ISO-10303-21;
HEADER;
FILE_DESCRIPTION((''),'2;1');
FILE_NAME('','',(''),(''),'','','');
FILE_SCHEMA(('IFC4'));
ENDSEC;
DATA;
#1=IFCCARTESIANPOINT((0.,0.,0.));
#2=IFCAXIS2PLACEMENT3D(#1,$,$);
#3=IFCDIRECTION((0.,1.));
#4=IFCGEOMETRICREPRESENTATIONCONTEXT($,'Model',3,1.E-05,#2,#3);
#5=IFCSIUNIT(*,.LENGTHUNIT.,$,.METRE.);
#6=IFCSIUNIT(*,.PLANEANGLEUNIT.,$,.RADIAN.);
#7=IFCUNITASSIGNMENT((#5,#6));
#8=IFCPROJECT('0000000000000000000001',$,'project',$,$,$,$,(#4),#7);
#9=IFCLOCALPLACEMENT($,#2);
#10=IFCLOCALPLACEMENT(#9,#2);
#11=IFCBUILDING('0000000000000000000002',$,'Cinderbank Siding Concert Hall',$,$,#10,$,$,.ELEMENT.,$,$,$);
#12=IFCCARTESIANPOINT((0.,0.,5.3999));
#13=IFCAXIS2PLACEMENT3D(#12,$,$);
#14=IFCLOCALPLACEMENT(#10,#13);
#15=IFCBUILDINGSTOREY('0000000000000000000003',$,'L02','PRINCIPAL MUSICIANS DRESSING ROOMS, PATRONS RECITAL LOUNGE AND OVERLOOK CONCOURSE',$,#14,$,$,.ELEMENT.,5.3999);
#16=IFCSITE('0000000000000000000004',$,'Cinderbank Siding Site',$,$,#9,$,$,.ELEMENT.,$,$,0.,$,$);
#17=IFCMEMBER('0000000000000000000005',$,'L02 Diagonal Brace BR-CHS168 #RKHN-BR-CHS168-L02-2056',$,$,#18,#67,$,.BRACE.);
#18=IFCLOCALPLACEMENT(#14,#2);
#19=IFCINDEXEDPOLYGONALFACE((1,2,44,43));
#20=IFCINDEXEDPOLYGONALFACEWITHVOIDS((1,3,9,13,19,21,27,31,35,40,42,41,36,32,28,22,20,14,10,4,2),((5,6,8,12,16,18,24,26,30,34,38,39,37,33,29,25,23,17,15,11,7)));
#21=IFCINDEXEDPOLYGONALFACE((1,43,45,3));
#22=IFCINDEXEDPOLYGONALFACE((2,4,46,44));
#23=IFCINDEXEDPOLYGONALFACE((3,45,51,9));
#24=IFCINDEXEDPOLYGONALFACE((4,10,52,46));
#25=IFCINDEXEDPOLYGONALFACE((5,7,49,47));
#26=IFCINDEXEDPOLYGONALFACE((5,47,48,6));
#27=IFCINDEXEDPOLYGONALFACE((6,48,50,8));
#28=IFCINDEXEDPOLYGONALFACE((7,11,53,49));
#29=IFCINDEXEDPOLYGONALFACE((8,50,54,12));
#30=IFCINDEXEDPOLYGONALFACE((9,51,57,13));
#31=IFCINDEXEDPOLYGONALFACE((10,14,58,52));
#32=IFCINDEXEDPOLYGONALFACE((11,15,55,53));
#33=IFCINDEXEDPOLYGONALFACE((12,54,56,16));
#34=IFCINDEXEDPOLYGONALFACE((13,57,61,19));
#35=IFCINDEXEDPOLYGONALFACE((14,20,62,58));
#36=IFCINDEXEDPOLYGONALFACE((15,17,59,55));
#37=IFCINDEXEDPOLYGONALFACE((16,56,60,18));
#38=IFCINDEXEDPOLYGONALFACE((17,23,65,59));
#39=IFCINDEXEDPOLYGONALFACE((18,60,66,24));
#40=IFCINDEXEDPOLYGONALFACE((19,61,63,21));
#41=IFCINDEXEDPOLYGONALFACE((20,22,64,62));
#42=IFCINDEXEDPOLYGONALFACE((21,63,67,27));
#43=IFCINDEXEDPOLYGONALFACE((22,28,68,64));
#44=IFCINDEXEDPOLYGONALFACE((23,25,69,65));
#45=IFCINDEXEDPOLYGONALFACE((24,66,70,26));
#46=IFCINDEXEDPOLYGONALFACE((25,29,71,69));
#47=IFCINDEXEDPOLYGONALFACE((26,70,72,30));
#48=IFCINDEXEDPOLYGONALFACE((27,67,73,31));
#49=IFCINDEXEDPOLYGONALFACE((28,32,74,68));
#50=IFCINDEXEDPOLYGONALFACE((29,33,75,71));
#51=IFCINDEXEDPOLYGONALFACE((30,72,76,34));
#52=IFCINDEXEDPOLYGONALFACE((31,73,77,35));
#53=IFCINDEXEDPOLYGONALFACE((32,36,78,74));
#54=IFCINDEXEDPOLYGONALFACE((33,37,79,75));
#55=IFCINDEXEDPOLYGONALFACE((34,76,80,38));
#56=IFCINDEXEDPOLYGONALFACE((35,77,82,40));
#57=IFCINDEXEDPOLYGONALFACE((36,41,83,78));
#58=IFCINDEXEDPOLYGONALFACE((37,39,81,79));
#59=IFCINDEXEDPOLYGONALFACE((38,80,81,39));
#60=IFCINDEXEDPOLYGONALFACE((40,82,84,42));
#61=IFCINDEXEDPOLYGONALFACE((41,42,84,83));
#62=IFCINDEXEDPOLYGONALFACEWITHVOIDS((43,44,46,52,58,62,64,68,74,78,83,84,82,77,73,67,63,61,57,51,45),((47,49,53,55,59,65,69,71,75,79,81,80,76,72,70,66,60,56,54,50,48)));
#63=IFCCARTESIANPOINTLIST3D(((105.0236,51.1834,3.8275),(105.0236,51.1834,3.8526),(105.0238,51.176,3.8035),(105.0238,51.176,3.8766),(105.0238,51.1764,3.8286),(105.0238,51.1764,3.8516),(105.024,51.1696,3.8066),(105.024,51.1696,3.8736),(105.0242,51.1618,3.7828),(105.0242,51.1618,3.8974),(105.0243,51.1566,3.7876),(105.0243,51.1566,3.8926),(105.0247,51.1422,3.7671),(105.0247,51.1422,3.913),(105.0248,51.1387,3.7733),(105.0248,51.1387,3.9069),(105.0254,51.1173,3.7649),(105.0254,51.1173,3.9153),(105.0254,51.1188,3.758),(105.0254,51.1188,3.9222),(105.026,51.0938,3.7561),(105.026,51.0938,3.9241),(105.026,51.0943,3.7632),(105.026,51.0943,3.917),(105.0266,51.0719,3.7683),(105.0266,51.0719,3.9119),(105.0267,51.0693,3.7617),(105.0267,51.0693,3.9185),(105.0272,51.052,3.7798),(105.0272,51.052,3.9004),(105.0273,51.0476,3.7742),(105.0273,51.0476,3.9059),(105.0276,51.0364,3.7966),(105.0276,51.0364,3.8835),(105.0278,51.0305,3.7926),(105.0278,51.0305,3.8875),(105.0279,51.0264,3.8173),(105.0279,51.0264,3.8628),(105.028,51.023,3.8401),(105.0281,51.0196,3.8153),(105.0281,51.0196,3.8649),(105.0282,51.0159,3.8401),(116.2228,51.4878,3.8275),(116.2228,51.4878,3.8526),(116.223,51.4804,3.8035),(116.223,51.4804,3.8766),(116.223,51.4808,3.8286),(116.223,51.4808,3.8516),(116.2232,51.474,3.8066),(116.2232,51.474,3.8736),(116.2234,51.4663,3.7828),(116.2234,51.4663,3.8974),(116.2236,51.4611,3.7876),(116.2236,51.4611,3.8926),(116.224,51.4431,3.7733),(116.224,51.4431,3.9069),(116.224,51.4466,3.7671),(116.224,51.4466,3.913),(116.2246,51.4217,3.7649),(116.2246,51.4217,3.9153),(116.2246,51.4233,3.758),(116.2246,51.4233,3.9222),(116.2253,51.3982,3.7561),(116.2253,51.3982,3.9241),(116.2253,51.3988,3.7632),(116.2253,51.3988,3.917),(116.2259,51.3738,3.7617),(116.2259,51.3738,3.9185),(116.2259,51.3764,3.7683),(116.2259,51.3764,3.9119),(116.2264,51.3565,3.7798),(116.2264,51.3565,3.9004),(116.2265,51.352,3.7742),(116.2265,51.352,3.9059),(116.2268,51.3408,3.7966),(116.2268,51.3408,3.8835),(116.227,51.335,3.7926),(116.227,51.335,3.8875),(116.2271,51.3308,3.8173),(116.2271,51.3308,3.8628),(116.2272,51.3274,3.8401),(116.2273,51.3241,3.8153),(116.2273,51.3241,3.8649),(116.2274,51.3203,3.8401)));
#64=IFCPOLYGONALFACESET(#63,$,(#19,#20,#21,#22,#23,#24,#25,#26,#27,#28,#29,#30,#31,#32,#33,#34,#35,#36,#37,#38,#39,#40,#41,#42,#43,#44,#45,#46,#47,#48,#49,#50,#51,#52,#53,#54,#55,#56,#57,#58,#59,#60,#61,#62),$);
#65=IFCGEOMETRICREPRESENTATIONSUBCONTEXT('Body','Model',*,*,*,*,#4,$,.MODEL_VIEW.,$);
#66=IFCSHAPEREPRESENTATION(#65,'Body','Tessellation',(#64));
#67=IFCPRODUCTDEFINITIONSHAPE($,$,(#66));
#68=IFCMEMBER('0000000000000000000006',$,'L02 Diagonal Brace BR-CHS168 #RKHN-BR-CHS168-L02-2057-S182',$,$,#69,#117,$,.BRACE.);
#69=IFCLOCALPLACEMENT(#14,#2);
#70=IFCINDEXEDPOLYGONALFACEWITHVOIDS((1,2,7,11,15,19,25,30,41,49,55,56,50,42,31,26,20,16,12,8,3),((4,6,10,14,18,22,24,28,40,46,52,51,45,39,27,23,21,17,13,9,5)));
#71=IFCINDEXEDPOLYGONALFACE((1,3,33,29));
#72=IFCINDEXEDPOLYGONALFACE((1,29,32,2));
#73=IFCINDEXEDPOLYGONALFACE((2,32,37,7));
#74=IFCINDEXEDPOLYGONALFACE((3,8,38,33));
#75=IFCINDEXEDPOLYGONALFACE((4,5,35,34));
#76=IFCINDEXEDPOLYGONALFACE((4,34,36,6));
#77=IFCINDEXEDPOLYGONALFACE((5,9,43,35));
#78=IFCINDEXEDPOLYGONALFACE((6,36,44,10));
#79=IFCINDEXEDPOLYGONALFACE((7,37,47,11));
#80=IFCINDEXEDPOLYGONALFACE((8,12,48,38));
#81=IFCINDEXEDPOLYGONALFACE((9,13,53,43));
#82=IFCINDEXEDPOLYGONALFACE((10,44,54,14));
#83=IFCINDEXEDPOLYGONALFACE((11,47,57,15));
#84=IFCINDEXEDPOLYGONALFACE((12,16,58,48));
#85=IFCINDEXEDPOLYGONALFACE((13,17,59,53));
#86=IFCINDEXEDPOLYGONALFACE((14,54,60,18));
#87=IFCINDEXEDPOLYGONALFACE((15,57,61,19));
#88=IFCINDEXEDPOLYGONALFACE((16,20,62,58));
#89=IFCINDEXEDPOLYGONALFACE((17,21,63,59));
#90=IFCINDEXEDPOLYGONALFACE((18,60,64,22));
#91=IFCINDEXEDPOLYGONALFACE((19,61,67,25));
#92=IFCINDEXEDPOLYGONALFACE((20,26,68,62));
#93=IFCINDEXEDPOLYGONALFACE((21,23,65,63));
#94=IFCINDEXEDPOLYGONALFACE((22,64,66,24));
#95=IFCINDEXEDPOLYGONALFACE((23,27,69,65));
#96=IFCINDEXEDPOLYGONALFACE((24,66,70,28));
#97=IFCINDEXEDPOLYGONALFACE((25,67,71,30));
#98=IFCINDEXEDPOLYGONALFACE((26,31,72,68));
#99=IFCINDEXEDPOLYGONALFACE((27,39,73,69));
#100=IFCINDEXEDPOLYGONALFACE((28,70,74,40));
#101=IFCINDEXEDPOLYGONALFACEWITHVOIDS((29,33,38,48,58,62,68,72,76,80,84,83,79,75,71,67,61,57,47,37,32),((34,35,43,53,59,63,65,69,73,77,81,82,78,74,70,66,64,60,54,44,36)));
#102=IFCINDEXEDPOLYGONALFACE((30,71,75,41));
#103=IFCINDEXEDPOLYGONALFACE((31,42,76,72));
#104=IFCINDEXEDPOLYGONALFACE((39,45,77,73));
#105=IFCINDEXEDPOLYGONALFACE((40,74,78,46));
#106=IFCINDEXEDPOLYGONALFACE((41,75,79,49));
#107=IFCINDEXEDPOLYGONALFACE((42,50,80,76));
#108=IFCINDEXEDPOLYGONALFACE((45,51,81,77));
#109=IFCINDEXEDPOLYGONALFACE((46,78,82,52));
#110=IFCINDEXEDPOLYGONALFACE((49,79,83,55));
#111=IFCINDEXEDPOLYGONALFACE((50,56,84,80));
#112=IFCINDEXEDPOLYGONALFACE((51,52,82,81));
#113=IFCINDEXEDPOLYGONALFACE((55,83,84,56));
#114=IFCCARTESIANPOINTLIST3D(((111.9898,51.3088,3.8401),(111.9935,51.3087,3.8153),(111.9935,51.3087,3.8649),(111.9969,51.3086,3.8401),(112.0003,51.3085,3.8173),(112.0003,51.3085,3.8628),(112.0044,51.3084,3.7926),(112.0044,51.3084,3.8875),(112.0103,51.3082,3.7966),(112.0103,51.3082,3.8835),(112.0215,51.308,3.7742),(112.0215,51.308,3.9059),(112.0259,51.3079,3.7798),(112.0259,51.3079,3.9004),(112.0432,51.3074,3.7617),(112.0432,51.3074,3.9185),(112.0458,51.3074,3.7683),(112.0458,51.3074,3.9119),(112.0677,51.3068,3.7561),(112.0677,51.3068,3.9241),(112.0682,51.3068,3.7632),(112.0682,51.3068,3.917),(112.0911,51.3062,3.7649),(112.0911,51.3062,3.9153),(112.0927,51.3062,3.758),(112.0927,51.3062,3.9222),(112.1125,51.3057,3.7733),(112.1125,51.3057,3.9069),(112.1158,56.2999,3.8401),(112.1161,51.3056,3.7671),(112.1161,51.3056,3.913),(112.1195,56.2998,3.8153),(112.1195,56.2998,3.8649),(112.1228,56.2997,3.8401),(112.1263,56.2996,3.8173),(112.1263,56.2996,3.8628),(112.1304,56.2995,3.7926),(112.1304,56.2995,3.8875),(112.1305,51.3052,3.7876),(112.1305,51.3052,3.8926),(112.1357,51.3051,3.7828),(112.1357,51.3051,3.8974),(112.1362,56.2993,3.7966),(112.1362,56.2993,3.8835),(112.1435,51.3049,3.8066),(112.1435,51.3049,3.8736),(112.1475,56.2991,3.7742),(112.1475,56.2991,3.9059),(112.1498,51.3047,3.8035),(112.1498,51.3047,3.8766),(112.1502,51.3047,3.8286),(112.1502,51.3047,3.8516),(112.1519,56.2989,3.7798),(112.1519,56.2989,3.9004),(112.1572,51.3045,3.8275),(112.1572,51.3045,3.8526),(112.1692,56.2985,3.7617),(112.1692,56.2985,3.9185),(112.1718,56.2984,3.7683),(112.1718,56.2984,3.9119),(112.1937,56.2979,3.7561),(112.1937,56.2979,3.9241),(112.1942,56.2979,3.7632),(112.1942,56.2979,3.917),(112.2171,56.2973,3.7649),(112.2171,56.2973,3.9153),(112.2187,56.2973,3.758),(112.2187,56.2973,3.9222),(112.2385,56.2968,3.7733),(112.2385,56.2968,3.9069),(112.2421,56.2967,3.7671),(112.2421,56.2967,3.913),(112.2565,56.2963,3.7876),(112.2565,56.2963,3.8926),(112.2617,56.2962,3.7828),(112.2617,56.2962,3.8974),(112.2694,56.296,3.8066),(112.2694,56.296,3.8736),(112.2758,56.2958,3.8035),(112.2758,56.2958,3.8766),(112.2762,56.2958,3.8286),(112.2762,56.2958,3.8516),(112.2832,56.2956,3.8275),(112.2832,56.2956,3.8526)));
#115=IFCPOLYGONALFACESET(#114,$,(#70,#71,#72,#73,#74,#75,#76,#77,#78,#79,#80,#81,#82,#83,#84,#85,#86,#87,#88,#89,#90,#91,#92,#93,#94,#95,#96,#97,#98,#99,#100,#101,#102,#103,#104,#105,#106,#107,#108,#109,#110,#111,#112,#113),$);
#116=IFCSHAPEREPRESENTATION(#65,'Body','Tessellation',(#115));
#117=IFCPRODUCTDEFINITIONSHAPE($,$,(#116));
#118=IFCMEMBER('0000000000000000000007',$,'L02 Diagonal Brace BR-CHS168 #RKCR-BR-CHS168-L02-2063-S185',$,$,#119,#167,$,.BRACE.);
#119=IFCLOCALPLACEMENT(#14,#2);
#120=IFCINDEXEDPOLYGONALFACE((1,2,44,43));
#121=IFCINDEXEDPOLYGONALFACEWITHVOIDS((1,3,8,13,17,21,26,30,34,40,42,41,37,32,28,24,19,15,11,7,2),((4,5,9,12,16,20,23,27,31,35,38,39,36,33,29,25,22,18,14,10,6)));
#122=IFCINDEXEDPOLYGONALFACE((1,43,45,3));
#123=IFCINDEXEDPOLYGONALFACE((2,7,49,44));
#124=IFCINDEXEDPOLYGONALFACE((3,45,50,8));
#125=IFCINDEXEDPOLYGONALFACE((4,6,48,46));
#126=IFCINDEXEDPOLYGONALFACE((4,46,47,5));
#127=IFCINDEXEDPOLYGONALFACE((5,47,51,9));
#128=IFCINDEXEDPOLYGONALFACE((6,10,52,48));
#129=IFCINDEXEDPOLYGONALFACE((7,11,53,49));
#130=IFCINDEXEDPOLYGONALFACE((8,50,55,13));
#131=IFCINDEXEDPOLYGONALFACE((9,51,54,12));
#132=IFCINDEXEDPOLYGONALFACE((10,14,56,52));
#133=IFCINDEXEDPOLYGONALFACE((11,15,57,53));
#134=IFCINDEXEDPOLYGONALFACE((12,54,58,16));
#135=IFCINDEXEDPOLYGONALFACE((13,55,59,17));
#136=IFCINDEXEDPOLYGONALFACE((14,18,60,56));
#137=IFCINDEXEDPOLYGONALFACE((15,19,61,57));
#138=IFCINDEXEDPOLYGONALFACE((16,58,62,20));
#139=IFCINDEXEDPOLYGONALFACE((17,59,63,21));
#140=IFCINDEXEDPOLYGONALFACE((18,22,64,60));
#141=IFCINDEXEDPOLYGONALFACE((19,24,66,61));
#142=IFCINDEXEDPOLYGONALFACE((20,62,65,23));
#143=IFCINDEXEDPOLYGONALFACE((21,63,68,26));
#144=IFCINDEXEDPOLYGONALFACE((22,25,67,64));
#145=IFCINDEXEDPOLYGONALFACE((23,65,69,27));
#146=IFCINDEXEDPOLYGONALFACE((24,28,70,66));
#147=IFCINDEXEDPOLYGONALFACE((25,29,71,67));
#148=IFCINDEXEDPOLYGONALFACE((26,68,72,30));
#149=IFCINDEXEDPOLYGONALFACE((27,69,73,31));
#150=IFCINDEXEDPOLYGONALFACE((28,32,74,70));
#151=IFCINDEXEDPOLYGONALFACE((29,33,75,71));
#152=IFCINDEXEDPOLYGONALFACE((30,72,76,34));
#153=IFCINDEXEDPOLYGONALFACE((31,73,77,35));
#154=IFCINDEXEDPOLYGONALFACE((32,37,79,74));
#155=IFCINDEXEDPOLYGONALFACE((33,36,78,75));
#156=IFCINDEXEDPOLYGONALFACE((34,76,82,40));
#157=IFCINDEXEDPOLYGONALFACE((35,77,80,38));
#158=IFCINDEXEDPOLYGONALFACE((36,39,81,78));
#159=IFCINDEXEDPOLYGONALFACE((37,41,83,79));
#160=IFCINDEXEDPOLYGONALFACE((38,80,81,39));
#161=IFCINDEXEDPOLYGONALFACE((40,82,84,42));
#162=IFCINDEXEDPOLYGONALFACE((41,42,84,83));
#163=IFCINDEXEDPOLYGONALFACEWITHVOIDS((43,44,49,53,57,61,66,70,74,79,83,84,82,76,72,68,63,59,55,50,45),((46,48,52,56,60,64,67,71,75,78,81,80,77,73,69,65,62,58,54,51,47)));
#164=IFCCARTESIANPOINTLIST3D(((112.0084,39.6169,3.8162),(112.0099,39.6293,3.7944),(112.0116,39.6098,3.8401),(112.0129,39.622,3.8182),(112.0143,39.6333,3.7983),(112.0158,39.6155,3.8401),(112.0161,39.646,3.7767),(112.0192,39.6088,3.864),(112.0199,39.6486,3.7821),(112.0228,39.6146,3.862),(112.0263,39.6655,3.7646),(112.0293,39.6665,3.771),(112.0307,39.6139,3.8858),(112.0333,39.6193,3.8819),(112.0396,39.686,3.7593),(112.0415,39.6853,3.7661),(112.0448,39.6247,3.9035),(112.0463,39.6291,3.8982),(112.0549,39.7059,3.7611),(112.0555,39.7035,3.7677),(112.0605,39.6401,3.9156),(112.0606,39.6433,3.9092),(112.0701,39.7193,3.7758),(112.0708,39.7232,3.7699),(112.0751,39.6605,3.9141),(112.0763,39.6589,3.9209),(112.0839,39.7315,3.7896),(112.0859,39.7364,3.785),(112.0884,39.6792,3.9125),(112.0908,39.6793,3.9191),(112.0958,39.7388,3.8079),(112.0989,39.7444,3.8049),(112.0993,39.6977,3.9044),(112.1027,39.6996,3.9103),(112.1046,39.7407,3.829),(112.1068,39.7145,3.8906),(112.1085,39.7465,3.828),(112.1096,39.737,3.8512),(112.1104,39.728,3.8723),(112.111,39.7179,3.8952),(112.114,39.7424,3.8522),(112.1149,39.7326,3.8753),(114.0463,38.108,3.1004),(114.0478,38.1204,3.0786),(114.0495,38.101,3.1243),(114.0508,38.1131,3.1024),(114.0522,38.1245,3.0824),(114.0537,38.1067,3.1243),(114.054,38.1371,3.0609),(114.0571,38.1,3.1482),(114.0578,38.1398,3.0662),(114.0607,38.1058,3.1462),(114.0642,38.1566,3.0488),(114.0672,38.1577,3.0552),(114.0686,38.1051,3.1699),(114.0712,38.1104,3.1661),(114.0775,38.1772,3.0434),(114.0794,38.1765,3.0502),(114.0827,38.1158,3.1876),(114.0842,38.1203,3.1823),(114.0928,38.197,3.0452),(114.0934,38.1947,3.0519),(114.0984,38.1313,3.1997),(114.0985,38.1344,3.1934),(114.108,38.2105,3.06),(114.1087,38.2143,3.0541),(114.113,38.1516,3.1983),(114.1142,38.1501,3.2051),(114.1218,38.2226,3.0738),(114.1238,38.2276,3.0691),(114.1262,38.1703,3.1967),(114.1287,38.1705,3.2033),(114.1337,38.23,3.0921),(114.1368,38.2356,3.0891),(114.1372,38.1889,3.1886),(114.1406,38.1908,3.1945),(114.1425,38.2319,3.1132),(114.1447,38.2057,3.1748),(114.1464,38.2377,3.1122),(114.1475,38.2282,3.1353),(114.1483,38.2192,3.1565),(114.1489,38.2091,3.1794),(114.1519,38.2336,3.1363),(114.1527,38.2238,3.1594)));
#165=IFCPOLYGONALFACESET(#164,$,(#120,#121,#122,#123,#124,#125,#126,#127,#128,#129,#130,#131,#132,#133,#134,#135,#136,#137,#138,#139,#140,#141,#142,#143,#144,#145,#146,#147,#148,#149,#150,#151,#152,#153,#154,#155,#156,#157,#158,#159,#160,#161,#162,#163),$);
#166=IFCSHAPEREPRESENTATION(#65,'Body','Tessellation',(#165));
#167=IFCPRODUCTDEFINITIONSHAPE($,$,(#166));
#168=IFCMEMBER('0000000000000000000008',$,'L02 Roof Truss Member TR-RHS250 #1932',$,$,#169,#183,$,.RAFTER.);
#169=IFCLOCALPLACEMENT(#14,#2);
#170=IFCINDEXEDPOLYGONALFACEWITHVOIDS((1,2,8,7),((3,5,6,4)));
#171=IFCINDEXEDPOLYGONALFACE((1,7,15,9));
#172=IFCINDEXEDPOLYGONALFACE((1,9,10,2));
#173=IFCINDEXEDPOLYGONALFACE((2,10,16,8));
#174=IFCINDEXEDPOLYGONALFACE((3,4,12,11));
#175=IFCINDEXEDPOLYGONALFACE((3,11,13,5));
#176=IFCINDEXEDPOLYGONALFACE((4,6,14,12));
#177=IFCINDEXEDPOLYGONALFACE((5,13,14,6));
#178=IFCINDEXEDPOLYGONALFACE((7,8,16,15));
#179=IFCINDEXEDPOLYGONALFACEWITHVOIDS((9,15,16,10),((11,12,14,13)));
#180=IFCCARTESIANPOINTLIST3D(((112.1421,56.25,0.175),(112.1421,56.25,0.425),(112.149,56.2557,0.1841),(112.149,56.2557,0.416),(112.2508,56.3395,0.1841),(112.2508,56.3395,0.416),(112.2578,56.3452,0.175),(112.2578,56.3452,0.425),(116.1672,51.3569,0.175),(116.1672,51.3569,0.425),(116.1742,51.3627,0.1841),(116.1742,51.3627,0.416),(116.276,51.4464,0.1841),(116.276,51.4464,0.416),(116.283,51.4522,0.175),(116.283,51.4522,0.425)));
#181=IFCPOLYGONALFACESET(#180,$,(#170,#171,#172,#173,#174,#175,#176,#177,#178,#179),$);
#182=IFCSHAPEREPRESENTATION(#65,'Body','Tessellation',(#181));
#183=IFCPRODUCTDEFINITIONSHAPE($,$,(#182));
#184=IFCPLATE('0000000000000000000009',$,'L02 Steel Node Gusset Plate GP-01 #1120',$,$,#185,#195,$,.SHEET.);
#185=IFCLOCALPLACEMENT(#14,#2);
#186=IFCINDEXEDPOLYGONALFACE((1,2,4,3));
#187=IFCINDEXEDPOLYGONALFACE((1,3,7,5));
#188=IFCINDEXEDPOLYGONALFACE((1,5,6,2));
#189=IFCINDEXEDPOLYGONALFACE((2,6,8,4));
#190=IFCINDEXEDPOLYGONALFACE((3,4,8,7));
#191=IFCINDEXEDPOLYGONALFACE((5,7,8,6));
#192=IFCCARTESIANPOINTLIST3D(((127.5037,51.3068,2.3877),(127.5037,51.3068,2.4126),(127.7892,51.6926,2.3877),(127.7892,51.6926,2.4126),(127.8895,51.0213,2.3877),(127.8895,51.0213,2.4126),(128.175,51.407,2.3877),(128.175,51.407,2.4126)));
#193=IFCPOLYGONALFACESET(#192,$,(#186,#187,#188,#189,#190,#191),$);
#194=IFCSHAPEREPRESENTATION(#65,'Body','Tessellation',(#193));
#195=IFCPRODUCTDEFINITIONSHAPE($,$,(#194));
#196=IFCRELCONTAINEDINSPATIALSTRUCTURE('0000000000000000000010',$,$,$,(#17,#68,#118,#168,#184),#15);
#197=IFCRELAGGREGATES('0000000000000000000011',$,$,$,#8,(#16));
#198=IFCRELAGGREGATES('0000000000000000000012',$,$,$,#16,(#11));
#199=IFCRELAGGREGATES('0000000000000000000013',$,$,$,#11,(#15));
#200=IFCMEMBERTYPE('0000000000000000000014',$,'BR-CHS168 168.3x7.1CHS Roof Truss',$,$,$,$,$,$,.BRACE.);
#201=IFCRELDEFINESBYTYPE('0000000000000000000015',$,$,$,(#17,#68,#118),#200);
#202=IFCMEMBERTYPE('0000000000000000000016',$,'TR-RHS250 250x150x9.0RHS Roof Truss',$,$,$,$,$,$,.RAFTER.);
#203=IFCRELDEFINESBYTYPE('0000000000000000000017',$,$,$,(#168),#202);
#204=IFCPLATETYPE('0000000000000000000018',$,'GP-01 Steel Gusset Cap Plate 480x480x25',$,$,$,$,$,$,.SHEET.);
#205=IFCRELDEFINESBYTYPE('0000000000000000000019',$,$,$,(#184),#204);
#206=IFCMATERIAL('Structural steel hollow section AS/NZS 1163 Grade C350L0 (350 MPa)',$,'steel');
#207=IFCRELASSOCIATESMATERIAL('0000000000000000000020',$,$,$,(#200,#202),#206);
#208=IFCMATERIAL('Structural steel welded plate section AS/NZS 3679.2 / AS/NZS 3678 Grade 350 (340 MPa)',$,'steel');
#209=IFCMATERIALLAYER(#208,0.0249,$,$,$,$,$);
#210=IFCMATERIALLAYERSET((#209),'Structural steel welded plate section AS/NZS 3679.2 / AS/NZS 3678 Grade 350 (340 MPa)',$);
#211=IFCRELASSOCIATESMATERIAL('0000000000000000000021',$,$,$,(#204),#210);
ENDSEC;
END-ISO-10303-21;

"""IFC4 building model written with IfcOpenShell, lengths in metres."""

from ifc_helpers import new_model, si_unit, direction, frame, origin, origin_2d, place, context, subcontext, project, spatial, rectangle, hollow_rectangle, hollow_circle, extrude, material, layer, layer_set, material_profile, profile_set, type_object, element, save


model = new_model("IFC4")

# Units and contexts
model_context = context("Model", 3, precision=1e-05, world=origin(), true_north=direction((0.0, 1.0)))
body_context = subcontext(model_context, "Body", "Model", "MODEL_VIEW")
ifc_project = project(units=[si_unit("LENGTHUNIT", "METRE"), si_unit("PLANEANGLEUNIT", "RADIAN")], contexts=[model_context])

# Site, building, storey
site_placement = place(None, origin())
site = spatial("IfcSite", under=ifc_project, at=site_placement, Name="Cinderbank Siding Site", CompositionType="ELEMENT", RefElevation=0.0)
building_placement = place(site_placement, origin())
building = spatial("IfcBuilding", under=site, at=building_placement, Name="Cinderbank Siding Concert Hall", CompositionType="ELEMENT")
storey_placement = place(building_placement, frame((0.0, 0.0, 5.3999)))
storey = spatial("IfcBuildingStorey", under=building, at=storey_placement, Name="L02", Description="PRINCIPAL MUSICIANS DRESSING ROOMS, PATRONS RECITAL LOUNGE AND OVERLOOK CONCOURSE", CompositionType="ELEMENT", Elevation=5.3999)

# Shared definitions
ifc_material_1 = material(Name="Structural steel hollow section AS/NZS 1163 Grade C350L0 (350 MPa)", Category="steel")

# Members
ifc_material_profile_1 = material_profile(ifc_material_1, hollow_circle(Radius=0.0842, WallThickness=0.0071, at=origin_2d()), Name="168.3x7.1CHS", Category="LoadBearing")
ifc_profile_set_1 = profile_set([ifc_material_profile_1], Name="Structural steel hollow section AS/NZS 1163 Grade C350L0 (350 MPa)")
member_type_1 = type_object("IfcMemberType", Name="BR-CHS168 168.3x7.1CHS Roof Truss", PredefinedType="BRACE", material=ifc_profile_set_1)
member_1_placement = place(storey_placement, frame((116.2251, 51.4045, 3.8401), z_axis=(-0.999631, -0.027174, 0.0), x_axis=(0.027174, -0.999631, 0.0)))
element("IfcMember", 1, at=member_1_placement, inside=storey, type_object=member_type_1, Name="L02 Diagonal Brace BR-CHS168 #RKHN-BR-CHS168-L02-2056", PredefinedType="BRACE", context=body_context, shape_type="SweptSolid", body=[
    extrude(hollow_circle(Radius=0.0842, WallThickness=0.0071, at=origin_2d()), origin(), (0.0, 0.0, 1.0), 11.2034),
])
member_2_placement = place(storey_placement, frame((112.074, 51.3066, 3.8401), z_axis=(0.025233, 0.999682, 0.0), x_axis=(-0.999682, 0.025233, 0.0)))
element("IfcMember", 2, at=member_2_placement, inside=storey, type_object=member_type_1, Name="L02 Diagonal Brace BR-CHS168 #RKHN-BR-CHS168-L02-2057-S182", PredefinedType="BRACE", context=body_context, shape_type="SweptSolid", body=[
    extrude(hollow_circle(Radius=0.0842, WallThickness=0.0071, at=origin_2d()), origin(), (0.0, 0.0, 1.0), 4.9927),
])
member_3_placement = place(storey_placement, frame((114.0996, 38.1687, 3.1243), z_axis=(-0.773463, 0.572661, 0.27169), x_axis=(-0.595043, -0.803694, 0.0)))
element("IfcMember", 3, at=member_3_placement, inside=storey, type_object=member_type_1, Name="L02 Diagonal Brace BR-CHS168 #RKCR-BR-CHS168-L02-2063-S185", PredefinedType="BRACE", context=body_context, shape_type="SweptSolid", body=[
    extrude(hollow_circle(Radius=0.0842, WallThickness=0.0071, at=origin_2d()), origin(), (0.0, 0.0, 1.0), 2.6348),
])
ifc_material_profile_2 = material_profile(ifc_material_1, hollow_rectangle(XDim=0.1499, YDim=0.25, WallThickness=0.009, at=origin_2d()), Name="250x150x9.0RHS", Category="LoadBearing")
ifc_profile_set_2 = profile_set([ifc_material_profile_2], Name="Structural steel hollow section AS/NZS 1163 Grade C350L0 (350 MPa)")
member_type_2 = type_object("IfcMemberType", Name="TR-RHS250 250x150x9.0RHS Roof Truss", PredefinedType="RAFTER", material=ifc_profile_set_2)
member_4_placement = place(storey_placement, frame((116.2251, 51.4045, 0.3), z_axis=(-0.63529, 0.772274, 0.0), x_axis=(-0.772274, -0.63529, 0.0)))
element("IfcMember", 4, at=member_4_placement, inside=storey, type_object=member_type_2, Name="L02 Roof Truss Member TR-RHS250 #1932", PredefinedType="RAFTER", context=body_context, shape_type="SweptSolid", body=[
    extrude(hollow_rectangle(XDim=0.1499, YDim=0.25, WallThickness=0.009, at=origin_2d()), origin(), (0.0, 0.0, 1.0), 6.3359),
])

# Plate
ifc_material_2 = material(Name="Structural steel welded plate section AS/NZS 3679.2 / AS/NZS 3678 Grade 350 (340 MPa)", Category="steel")
ifc_layer_1 = layer(ifc_material_2, 0.0249)
ifc_layer_set_1 = layer_set([ifc_layer_1], Name="Structural steel welded plate section AS/NZS 3679.2 / AS/NZS 3678 Grade 350 (340 MPa)")
plate_type_1 = type_object("IfcPlateType", Name="GP-01 Steel Gusset Cap Plate 480x480x25", PredefinedType="SHEET", material=ifc_layer_set_1)
for number, where, z_axis, x_axis, name in (
    (5, (127.8394, 51.3569, 2.3877), (0.0, 0.0, 1.0), (0.803753, -0.594963, 0.0), "L02 Steel Node Gusset Plate GP-01 #1120"),
):
    element("IfcPlate", number, at=place(storey_placement, frame(where, z_axis=z_axis, x_axis=x_axis)), inside=storey, type_object=plate_type_1, Name=name, PredefinedType="SHEET", context=body_context, shape_type="SweptSolid", body=[
        extrude(rectangle(XDim=0.48, YDim=0.48, at=origin_2d()), origin(), (0.0, 0.0, 1.0), 0.0249),
    ])

save(model, "model.ifc")
